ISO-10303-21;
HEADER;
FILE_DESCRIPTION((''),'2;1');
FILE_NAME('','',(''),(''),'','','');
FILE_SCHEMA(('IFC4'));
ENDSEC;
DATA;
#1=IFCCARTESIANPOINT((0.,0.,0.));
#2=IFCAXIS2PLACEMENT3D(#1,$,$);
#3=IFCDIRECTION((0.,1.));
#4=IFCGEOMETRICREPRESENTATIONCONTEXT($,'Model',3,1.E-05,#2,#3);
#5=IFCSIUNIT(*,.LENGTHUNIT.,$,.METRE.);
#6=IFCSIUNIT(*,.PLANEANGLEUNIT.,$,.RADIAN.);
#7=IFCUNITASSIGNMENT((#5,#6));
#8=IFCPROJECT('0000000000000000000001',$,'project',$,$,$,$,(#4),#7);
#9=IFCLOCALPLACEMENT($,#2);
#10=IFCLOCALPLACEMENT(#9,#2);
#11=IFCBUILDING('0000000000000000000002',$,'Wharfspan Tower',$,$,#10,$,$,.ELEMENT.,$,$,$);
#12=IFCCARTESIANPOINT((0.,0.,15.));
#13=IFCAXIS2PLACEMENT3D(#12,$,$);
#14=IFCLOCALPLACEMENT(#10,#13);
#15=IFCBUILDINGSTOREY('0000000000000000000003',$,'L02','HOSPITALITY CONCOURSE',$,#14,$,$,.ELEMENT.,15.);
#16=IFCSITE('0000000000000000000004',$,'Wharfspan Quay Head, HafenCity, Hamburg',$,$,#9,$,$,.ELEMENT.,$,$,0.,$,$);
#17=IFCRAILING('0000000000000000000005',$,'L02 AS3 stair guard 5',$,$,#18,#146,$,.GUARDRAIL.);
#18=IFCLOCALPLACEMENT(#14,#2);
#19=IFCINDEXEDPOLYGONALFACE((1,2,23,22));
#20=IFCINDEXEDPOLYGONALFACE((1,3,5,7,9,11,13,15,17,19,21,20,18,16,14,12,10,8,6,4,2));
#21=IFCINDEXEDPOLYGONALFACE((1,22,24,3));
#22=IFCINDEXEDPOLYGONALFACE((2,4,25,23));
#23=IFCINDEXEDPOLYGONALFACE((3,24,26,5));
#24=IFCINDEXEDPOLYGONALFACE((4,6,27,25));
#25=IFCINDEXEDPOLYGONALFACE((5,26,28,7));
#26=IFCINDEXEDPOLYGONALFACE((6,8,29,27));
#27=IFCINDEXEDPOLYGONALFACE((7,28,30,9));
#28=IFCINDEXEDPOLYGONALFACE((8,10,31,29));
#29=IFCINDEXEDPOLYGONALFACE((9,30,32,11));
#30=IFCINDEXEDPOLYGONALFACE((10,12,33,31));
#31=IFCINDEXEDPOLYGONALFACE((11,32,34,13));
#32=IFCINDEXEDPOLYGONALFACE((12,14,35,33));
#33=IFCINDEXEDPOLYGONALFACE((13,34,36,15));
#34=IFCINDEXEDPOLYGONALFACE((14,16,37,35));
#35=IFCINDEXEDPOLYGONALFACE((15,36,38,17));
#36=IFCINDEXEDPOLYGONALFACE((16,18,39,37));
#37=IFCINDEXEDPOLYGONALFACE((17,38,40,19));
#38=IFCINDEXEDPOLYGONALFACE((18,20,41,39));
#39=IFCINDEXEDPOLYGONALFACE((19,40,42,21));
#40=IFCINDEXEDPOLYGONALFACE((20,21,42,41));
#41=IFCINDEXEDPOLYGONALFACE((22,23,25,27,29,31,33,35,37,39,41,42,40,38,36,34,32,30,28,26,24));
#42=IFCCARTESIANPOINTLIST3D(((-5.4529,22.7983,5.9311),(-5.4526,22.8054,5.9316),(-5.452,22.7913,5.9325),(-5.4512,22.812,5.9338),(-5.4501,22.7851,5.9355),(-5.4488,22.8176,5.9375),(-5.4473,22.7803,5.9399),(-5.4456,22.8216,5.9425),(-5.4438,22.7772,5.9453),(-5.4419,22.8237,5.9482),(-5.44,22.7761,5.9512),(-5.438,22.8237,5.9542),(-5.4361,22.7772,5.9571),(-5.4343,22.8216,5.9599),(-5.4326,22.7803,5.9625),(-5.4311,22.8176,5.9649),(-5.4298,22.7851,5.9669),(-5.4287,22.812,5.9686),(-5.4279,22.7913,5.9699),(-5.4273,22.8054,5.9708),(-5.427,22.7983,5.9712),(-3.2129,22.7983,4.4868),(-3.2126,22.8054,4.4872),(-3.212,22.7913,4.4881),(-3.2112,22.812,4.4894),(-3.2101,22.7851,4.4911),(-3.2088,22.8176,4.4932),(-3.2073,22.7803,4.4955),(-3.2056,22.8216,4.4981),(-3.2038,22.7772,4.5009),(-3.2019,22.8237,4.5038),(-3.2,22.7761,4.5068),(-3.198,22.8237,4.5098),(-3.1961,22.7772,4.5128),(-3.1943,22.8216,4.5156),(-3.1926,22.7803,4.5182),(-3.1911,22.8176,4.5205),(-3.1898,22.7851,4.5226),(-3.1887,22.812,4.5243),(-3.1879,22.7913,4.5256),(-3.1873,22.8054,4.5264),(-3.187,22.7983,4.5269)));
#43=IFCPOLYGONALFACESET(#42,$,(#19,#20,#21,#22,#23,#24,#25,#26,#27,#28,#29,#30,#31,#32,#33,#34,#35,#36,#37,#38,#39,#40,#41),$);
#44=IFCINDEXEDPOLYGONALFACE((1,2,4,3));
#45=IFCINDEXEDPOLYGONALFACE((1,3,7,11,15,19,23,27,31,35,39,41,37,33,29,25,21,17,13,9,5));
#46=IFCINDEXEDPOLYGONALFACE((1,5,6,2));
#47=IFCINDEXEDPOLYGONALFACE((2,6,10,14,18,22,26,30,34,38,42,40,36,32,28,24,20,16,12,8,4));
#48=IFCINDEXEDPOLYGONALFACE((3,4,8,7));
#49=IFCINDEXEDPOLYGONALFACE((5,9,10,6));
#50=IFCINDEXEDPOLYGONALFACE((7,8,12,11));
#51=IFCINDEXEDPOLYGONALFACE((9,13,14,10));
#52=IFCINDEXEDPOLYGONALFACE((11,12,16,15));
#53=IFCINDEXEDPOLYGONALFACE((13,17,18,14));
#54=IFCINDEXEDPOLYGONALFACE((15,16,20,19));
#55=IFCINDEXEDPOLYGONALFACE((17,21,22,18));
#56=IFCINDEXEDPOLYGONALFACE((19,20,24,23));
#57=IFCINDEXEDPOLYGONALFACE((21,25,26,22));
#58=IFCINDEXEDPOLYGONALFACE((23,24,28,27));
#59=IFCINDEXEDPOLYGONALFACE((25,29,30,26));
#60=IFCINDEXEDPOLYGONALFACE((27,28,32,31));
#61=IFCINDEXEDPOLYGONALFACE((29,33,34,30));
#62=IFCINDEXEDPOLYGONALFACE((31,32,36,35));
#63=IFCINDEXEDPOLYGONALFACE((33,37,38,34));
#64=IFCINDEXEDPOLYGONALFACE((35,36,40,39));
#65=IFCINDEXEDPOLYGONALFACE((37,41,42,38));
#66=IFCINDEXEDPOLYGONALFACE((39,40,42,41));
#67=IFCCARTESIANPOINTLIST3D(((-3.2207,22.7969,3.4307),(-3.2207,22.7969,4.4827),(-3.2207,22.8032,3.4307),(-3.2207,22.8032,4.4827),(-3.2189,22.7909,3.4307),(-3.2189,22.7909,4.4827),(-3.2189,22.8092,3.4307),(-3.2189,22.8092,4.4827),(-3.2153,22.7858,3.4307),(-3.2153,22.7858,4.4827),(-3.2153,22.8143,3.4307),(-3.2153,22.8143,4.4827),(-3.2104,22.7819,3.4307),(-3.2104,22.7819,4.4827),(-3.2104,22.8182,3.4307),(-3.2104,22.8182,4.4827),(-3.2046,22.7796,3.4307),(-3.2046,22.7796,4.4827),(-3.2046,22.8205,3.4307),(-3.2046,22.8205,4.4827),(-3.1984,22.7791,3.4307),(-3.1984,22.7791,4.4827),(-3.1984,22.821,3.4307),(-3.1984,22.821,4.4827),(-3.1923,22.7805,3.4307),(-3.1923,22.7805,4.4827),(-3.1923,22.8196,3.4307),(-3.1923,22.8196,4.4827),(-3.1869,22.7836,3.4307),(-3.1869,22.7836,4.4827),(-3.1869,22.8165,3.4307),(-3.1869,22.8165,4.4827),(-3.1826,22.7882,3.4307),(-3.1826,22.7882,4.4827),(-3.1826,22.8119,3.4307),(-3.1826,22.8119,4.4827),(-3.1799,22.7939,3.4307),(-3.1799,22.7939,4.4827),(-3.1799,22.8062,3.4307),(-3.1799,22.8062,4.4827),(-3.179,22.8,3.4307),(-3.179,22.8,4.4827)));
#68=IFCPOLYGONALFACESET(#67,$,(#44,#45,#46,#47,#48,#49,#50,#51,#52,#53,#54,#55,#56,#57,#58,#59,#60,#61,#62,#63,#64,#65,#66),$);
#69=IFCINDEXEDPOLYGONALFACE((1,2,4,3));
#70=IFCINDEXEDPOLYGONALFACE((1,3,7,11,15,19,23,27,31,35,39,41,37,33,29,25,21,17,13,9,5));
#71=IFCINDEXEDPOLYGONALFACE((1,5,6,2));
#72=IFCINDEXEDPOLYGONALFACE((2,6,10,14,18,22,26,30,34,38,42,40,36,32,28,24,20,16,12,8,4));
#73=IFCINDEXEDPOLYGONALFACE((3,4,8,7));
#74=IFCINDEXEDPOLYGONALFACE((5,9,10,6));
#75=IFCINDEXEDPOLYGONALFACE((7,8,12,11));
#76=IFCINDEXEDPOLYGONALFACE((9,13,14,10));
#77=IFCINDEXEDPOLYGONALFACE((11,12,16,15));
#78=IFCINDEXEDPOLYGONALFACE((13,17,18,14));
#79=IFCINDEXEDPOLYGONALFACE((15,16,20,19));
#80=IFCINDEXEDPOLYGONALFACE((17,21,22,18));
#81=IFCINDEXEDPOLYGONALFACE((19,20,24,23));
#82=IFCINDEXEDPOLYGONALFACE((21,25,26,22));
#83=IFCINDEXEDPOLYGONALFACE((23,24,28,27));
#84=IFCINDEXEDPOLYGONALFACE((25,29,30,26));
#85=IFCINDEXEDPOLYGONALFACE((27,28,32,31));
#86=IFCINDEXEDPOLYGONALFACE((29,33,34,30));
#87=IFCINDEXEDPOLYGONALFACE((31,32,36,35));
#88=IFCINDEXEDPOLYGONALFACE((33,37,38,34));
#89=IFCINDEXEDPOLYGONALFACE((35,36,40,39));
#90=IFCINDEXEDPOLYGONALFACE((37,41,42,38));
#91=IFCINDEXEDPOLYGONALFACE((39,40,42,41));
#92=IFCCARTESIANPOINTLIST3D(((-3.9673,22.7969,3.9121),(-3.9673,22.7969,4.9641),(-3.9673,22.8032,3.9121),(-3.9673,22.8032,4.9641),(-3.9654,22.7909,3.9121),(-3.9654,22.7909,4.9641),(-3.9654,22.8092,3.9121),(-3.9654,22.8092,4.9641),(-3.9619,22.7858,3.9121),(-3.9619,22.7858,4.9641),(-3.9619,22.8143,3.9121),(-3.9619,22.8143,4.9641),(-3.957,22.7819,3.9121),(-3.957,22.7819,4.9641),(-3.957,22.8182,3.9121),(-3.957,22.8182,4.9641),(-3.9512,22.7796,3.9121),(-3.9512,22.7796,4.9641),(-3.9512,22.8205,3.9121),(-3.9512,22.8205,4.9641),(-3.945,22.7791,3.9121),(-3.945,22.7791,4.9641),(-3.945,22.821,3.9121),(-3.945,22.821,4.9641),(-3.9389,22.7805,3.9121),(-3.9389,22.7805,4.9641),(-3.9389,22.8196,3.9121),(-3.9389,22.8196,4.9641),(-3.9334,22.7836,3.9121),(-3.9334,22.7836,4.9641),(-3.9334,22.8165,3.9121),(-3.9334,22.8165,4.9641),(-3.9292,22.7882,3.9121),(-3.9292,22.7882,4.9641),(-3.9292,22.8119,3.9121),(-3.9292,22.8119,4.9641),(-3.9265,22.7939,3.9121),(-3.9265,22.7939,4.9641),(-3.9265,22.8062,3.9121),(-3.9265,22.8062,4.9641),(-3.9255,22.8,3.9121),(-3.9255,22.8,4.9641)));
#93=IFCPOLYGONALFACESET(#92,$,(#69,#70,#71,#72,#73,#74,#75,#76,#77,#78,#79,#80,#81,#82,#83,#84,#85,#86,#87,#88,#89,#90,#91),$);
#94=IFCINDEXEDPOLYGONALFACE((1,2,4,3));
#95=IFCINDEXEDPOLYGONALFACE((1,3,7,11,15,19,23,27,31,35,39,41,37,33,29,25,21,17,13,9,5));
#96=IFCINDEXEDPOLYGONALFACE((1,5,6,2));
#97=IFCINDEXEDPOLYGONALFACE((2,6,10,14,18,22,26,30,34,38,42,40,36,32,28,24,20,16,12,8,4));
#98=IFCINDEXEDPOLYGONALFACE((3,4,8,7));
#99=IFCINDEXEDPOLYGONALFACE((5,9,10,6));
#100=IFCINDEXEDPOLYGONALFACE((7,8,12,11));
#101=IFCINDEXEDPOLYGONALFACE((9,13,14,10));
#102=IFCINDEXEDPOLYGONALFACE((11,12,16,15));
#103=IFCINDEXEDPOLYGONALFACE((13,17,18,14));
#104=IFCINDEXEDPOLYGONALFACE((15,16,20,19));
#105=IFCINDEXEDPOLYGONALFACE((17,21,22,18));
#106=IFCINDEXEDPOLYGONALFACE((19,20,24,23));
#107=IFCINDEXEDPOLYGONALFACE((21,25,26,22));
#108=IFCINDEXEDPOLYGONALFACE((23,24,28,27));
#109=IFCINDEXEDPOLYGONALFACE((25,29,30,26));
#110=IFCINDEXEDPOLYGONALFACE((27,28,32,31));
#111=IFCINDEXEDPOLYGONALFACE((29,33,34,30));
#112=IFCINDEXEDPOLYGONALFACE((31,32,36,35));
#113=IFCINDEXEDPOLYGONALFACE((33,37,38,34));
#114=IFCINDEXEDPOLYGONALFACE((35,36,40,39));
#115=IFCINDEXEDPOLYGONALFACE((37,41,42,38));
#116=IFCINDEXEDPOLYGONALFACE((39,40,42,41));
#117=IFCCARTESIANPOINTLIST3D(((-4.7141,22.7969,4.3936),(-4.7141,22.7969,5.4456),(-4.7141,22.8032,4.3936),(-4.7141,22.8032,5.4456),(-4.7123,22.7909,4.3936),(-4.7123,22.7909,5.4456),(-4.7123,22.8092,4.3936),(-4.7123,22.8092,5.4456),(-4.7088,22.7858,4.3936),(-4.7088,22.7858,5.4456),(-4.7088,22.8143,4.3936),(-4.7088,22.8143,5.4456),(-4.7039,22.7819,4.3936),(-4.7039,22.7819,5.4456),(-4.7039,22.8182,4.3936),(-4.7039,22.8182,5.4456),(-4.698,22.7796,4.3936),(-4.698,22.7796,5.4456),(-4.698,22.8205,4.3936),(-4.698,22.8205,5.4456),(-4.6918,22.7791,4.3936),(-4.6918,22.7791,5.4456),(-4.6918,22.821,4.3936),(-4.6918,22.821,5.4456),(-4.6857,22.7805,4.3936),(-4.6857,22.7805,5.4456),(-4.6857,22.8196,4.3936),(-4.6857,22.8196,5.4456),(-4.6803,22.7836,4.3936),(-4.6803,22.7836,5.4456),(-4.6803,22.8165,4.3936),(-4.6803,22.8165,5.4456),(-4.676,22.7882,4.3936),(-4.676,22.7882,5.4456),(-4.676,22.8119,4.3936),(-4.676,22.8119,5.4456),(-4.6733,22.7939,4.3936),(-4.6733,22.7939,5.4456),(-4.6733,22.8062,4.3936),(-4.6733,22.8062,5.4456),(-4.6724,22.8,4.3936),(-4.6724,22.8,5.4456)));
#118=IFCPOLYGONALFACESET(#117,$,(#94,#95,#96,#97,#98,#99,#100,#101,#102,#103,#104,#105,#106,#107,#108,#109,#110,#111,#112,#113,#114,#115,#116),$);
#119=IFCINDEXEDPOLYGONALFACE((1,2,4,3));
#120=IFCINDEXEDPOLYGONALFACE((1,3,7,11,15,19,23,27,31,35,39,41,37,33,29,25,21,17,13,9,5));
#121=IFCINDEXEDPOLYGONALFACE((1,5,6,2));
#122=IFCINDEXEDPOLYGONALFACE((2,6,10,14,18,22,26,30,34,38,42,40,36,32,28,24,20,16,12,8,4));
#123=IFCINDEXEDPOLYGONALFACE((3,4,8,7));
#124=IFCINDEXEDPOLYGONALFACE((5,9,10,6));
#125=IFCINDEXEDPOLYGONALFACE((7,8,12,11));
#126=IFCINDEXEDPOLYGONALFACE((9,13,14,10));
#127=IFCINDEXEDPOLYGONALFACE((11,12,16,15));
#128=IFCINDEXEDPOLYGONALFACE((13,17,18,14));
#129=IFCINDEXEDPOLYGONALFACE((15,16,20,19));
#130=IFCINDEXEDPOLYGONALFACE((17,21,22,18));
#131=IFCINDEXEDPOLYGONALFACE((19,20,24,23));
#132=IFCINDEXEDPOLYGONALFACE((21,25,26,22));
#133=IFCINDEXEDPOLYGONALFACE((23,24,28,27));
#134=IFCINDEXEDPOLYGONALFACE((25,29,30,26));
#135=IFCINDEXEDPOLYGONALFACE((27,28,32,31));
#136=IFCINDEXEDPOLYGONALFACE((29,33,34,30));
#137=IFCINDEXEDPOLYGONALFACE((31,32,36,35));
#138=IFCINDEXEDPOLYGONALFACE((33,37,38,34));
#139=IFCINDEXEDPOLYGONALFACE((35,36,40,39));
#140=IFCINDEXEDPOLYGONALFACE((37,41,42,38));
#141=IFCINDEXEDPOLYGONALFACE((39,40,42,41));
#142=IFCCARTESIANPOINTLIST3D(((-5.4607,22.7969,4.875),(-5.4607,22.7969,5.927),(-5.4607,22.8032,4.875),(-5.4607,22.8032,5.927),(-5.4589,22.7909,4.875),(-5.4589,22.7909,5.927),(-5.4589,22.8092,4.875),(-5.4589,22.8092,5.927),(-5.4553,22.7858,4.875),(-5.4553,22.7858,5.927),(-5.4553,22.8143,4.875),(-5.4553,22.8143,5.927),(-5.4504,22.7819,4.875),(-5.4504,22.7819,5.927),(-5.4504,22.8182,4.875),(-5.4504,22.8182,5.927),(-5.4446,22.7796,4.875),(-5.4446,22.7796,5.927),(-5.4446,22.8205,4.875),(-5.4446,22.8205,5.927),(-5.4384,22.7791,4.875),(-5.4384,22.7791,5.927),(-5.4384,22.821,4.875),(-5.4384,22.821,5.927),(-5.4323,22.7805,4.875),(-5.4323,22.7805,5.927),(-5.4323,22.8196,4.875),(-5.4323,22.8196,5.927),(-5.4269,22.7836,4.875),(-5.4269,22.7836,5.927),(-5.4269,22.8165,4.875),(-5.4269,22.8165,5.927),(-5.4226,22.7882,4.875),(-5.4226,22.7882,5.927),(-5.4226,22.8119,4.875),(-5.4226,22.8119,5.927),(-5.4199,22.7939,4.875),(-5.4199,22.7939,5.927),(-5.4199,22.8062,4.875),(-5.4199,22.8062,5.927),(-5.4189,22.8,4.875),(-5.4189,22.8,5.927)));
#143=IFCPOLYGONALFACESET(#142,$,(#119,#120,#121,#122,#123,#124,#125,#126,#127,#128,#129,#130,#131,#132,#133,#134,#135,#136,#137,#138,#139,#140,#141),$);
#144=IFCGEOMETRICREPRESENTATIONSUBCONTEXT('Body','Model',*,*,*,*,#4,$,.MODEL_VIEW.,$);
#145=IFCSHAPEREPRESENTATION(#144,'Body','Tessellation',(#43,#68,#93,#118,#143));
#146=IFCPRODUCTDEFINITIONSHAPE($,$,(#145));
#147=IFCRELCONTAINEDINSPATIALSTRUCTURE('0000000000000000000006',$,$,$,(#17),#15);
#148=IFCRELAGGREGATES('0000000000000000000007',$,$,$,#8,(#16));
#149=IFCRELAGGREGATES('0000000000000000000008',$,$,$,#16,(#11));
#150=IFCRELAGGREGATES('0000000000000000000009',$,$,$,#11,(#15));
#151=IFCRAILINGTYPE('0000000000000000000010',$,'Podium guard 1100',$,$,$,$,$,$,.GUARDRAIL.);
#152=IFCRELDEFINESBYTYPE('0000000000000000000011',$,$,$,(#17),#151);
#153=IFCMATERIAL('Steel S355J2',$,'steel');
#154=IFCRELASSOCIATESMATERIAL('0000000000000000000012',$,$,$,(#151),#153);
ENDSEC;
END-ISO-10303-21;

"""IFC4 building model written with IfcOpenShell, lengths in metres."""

from ifc_helpers import new_model, si_unit, direction, frame, origin, origin_2d, place, context, subcontext, project, spatial, circle, extrude, material, type_object, element, save


model = new_model("IFC4")

# Units and contexts
model_context = context("Model", 3, precision=1e-05, world=origin(), true_north=direction((0.0, 1.0)))
body_context = subcontext(model_context, "Body", "Model", "MODEL_VIEW")
ifc_project = project(units=[si_unit("LENGTHUNIT", "METRE"), si_unit("PLANEANGLEUNIT", "RADIAN")], contexts=[model_context])

# Site, building, storey
site_placement = place(None, origin())
site = spatial("IfcSite", under=ifc_project, at=site_placement, Name="Wharfspan Quay Head, HafenCity, Hamburg", CompositionType="ELEMENT", RefElevation=0.0)
building_placement = place(site_placement, origin())
building = spatial("IfcBuilding", under=site, at=building_placement, Name="Wharfspan Tower", CompositionType="ELEMENT")
storey_placement = place(building_placement, frame((0.0, 0.0, 15.0)))
storey = spatial("IfcBuildingStorey", under=building, at=storey_placement, Name="L02", Description="HOSPITALITY CONCOURSE", CompositionType="ELEMENT", Elevation=15.0)

# Railing
ifc_material_1 = material(Name="Steel S355J2", Category="steel")
railing_type_1 = type_object("IfcRailingType", Name="Podium guard 1100", PredefinedType="GUARDRAIL", material=ifc_material_1)
railing_1_placement = place(storey_placement, frame((-3.2, 22.8, 3.4307)))
element("IfcRailing", 1, at=railing_1_placement, inside=storey, type_object=railing_type_1, Name="L02 AS3 stair guard 5", PredefinedType="GUARDRAIL", context=body_context, shape_type="SweptSolid", body=[
    extrude(circle(Radius=0.0239, at=origin_2d()), frame((0.0, 0.0, 1.0762), z_axis=(-0.840437, 0.0, 0.54191), x_axis=(0.0, -1.0, 0.0)), (0.0, 0.0, 1.0), 2.6653),
    extrude(circle(Radius=0.021, at=origin_2d()), origin(), (0.0, 0.0, 1.0), 1.052),
    extrude(circle(Radius=0.021, at=origin_2d()), frame((-0.7466, 0.0, 0.4814)), (0.0, 0.0, 1.0), 1.052),
    extrude(circle(Radius=0.021, at=origin_2d()), frame((-1.4934, 0.0, 0.9629)), (0.0, 0.0, 1.0), 1.052),
    extrude(circle(Radius=0.021, at=origin_2d()), frame((-2.24, 0.0, 1.4443)), (0.0, 0.0, 1.0), 1.052),
])

save(model, "model.ifc")
